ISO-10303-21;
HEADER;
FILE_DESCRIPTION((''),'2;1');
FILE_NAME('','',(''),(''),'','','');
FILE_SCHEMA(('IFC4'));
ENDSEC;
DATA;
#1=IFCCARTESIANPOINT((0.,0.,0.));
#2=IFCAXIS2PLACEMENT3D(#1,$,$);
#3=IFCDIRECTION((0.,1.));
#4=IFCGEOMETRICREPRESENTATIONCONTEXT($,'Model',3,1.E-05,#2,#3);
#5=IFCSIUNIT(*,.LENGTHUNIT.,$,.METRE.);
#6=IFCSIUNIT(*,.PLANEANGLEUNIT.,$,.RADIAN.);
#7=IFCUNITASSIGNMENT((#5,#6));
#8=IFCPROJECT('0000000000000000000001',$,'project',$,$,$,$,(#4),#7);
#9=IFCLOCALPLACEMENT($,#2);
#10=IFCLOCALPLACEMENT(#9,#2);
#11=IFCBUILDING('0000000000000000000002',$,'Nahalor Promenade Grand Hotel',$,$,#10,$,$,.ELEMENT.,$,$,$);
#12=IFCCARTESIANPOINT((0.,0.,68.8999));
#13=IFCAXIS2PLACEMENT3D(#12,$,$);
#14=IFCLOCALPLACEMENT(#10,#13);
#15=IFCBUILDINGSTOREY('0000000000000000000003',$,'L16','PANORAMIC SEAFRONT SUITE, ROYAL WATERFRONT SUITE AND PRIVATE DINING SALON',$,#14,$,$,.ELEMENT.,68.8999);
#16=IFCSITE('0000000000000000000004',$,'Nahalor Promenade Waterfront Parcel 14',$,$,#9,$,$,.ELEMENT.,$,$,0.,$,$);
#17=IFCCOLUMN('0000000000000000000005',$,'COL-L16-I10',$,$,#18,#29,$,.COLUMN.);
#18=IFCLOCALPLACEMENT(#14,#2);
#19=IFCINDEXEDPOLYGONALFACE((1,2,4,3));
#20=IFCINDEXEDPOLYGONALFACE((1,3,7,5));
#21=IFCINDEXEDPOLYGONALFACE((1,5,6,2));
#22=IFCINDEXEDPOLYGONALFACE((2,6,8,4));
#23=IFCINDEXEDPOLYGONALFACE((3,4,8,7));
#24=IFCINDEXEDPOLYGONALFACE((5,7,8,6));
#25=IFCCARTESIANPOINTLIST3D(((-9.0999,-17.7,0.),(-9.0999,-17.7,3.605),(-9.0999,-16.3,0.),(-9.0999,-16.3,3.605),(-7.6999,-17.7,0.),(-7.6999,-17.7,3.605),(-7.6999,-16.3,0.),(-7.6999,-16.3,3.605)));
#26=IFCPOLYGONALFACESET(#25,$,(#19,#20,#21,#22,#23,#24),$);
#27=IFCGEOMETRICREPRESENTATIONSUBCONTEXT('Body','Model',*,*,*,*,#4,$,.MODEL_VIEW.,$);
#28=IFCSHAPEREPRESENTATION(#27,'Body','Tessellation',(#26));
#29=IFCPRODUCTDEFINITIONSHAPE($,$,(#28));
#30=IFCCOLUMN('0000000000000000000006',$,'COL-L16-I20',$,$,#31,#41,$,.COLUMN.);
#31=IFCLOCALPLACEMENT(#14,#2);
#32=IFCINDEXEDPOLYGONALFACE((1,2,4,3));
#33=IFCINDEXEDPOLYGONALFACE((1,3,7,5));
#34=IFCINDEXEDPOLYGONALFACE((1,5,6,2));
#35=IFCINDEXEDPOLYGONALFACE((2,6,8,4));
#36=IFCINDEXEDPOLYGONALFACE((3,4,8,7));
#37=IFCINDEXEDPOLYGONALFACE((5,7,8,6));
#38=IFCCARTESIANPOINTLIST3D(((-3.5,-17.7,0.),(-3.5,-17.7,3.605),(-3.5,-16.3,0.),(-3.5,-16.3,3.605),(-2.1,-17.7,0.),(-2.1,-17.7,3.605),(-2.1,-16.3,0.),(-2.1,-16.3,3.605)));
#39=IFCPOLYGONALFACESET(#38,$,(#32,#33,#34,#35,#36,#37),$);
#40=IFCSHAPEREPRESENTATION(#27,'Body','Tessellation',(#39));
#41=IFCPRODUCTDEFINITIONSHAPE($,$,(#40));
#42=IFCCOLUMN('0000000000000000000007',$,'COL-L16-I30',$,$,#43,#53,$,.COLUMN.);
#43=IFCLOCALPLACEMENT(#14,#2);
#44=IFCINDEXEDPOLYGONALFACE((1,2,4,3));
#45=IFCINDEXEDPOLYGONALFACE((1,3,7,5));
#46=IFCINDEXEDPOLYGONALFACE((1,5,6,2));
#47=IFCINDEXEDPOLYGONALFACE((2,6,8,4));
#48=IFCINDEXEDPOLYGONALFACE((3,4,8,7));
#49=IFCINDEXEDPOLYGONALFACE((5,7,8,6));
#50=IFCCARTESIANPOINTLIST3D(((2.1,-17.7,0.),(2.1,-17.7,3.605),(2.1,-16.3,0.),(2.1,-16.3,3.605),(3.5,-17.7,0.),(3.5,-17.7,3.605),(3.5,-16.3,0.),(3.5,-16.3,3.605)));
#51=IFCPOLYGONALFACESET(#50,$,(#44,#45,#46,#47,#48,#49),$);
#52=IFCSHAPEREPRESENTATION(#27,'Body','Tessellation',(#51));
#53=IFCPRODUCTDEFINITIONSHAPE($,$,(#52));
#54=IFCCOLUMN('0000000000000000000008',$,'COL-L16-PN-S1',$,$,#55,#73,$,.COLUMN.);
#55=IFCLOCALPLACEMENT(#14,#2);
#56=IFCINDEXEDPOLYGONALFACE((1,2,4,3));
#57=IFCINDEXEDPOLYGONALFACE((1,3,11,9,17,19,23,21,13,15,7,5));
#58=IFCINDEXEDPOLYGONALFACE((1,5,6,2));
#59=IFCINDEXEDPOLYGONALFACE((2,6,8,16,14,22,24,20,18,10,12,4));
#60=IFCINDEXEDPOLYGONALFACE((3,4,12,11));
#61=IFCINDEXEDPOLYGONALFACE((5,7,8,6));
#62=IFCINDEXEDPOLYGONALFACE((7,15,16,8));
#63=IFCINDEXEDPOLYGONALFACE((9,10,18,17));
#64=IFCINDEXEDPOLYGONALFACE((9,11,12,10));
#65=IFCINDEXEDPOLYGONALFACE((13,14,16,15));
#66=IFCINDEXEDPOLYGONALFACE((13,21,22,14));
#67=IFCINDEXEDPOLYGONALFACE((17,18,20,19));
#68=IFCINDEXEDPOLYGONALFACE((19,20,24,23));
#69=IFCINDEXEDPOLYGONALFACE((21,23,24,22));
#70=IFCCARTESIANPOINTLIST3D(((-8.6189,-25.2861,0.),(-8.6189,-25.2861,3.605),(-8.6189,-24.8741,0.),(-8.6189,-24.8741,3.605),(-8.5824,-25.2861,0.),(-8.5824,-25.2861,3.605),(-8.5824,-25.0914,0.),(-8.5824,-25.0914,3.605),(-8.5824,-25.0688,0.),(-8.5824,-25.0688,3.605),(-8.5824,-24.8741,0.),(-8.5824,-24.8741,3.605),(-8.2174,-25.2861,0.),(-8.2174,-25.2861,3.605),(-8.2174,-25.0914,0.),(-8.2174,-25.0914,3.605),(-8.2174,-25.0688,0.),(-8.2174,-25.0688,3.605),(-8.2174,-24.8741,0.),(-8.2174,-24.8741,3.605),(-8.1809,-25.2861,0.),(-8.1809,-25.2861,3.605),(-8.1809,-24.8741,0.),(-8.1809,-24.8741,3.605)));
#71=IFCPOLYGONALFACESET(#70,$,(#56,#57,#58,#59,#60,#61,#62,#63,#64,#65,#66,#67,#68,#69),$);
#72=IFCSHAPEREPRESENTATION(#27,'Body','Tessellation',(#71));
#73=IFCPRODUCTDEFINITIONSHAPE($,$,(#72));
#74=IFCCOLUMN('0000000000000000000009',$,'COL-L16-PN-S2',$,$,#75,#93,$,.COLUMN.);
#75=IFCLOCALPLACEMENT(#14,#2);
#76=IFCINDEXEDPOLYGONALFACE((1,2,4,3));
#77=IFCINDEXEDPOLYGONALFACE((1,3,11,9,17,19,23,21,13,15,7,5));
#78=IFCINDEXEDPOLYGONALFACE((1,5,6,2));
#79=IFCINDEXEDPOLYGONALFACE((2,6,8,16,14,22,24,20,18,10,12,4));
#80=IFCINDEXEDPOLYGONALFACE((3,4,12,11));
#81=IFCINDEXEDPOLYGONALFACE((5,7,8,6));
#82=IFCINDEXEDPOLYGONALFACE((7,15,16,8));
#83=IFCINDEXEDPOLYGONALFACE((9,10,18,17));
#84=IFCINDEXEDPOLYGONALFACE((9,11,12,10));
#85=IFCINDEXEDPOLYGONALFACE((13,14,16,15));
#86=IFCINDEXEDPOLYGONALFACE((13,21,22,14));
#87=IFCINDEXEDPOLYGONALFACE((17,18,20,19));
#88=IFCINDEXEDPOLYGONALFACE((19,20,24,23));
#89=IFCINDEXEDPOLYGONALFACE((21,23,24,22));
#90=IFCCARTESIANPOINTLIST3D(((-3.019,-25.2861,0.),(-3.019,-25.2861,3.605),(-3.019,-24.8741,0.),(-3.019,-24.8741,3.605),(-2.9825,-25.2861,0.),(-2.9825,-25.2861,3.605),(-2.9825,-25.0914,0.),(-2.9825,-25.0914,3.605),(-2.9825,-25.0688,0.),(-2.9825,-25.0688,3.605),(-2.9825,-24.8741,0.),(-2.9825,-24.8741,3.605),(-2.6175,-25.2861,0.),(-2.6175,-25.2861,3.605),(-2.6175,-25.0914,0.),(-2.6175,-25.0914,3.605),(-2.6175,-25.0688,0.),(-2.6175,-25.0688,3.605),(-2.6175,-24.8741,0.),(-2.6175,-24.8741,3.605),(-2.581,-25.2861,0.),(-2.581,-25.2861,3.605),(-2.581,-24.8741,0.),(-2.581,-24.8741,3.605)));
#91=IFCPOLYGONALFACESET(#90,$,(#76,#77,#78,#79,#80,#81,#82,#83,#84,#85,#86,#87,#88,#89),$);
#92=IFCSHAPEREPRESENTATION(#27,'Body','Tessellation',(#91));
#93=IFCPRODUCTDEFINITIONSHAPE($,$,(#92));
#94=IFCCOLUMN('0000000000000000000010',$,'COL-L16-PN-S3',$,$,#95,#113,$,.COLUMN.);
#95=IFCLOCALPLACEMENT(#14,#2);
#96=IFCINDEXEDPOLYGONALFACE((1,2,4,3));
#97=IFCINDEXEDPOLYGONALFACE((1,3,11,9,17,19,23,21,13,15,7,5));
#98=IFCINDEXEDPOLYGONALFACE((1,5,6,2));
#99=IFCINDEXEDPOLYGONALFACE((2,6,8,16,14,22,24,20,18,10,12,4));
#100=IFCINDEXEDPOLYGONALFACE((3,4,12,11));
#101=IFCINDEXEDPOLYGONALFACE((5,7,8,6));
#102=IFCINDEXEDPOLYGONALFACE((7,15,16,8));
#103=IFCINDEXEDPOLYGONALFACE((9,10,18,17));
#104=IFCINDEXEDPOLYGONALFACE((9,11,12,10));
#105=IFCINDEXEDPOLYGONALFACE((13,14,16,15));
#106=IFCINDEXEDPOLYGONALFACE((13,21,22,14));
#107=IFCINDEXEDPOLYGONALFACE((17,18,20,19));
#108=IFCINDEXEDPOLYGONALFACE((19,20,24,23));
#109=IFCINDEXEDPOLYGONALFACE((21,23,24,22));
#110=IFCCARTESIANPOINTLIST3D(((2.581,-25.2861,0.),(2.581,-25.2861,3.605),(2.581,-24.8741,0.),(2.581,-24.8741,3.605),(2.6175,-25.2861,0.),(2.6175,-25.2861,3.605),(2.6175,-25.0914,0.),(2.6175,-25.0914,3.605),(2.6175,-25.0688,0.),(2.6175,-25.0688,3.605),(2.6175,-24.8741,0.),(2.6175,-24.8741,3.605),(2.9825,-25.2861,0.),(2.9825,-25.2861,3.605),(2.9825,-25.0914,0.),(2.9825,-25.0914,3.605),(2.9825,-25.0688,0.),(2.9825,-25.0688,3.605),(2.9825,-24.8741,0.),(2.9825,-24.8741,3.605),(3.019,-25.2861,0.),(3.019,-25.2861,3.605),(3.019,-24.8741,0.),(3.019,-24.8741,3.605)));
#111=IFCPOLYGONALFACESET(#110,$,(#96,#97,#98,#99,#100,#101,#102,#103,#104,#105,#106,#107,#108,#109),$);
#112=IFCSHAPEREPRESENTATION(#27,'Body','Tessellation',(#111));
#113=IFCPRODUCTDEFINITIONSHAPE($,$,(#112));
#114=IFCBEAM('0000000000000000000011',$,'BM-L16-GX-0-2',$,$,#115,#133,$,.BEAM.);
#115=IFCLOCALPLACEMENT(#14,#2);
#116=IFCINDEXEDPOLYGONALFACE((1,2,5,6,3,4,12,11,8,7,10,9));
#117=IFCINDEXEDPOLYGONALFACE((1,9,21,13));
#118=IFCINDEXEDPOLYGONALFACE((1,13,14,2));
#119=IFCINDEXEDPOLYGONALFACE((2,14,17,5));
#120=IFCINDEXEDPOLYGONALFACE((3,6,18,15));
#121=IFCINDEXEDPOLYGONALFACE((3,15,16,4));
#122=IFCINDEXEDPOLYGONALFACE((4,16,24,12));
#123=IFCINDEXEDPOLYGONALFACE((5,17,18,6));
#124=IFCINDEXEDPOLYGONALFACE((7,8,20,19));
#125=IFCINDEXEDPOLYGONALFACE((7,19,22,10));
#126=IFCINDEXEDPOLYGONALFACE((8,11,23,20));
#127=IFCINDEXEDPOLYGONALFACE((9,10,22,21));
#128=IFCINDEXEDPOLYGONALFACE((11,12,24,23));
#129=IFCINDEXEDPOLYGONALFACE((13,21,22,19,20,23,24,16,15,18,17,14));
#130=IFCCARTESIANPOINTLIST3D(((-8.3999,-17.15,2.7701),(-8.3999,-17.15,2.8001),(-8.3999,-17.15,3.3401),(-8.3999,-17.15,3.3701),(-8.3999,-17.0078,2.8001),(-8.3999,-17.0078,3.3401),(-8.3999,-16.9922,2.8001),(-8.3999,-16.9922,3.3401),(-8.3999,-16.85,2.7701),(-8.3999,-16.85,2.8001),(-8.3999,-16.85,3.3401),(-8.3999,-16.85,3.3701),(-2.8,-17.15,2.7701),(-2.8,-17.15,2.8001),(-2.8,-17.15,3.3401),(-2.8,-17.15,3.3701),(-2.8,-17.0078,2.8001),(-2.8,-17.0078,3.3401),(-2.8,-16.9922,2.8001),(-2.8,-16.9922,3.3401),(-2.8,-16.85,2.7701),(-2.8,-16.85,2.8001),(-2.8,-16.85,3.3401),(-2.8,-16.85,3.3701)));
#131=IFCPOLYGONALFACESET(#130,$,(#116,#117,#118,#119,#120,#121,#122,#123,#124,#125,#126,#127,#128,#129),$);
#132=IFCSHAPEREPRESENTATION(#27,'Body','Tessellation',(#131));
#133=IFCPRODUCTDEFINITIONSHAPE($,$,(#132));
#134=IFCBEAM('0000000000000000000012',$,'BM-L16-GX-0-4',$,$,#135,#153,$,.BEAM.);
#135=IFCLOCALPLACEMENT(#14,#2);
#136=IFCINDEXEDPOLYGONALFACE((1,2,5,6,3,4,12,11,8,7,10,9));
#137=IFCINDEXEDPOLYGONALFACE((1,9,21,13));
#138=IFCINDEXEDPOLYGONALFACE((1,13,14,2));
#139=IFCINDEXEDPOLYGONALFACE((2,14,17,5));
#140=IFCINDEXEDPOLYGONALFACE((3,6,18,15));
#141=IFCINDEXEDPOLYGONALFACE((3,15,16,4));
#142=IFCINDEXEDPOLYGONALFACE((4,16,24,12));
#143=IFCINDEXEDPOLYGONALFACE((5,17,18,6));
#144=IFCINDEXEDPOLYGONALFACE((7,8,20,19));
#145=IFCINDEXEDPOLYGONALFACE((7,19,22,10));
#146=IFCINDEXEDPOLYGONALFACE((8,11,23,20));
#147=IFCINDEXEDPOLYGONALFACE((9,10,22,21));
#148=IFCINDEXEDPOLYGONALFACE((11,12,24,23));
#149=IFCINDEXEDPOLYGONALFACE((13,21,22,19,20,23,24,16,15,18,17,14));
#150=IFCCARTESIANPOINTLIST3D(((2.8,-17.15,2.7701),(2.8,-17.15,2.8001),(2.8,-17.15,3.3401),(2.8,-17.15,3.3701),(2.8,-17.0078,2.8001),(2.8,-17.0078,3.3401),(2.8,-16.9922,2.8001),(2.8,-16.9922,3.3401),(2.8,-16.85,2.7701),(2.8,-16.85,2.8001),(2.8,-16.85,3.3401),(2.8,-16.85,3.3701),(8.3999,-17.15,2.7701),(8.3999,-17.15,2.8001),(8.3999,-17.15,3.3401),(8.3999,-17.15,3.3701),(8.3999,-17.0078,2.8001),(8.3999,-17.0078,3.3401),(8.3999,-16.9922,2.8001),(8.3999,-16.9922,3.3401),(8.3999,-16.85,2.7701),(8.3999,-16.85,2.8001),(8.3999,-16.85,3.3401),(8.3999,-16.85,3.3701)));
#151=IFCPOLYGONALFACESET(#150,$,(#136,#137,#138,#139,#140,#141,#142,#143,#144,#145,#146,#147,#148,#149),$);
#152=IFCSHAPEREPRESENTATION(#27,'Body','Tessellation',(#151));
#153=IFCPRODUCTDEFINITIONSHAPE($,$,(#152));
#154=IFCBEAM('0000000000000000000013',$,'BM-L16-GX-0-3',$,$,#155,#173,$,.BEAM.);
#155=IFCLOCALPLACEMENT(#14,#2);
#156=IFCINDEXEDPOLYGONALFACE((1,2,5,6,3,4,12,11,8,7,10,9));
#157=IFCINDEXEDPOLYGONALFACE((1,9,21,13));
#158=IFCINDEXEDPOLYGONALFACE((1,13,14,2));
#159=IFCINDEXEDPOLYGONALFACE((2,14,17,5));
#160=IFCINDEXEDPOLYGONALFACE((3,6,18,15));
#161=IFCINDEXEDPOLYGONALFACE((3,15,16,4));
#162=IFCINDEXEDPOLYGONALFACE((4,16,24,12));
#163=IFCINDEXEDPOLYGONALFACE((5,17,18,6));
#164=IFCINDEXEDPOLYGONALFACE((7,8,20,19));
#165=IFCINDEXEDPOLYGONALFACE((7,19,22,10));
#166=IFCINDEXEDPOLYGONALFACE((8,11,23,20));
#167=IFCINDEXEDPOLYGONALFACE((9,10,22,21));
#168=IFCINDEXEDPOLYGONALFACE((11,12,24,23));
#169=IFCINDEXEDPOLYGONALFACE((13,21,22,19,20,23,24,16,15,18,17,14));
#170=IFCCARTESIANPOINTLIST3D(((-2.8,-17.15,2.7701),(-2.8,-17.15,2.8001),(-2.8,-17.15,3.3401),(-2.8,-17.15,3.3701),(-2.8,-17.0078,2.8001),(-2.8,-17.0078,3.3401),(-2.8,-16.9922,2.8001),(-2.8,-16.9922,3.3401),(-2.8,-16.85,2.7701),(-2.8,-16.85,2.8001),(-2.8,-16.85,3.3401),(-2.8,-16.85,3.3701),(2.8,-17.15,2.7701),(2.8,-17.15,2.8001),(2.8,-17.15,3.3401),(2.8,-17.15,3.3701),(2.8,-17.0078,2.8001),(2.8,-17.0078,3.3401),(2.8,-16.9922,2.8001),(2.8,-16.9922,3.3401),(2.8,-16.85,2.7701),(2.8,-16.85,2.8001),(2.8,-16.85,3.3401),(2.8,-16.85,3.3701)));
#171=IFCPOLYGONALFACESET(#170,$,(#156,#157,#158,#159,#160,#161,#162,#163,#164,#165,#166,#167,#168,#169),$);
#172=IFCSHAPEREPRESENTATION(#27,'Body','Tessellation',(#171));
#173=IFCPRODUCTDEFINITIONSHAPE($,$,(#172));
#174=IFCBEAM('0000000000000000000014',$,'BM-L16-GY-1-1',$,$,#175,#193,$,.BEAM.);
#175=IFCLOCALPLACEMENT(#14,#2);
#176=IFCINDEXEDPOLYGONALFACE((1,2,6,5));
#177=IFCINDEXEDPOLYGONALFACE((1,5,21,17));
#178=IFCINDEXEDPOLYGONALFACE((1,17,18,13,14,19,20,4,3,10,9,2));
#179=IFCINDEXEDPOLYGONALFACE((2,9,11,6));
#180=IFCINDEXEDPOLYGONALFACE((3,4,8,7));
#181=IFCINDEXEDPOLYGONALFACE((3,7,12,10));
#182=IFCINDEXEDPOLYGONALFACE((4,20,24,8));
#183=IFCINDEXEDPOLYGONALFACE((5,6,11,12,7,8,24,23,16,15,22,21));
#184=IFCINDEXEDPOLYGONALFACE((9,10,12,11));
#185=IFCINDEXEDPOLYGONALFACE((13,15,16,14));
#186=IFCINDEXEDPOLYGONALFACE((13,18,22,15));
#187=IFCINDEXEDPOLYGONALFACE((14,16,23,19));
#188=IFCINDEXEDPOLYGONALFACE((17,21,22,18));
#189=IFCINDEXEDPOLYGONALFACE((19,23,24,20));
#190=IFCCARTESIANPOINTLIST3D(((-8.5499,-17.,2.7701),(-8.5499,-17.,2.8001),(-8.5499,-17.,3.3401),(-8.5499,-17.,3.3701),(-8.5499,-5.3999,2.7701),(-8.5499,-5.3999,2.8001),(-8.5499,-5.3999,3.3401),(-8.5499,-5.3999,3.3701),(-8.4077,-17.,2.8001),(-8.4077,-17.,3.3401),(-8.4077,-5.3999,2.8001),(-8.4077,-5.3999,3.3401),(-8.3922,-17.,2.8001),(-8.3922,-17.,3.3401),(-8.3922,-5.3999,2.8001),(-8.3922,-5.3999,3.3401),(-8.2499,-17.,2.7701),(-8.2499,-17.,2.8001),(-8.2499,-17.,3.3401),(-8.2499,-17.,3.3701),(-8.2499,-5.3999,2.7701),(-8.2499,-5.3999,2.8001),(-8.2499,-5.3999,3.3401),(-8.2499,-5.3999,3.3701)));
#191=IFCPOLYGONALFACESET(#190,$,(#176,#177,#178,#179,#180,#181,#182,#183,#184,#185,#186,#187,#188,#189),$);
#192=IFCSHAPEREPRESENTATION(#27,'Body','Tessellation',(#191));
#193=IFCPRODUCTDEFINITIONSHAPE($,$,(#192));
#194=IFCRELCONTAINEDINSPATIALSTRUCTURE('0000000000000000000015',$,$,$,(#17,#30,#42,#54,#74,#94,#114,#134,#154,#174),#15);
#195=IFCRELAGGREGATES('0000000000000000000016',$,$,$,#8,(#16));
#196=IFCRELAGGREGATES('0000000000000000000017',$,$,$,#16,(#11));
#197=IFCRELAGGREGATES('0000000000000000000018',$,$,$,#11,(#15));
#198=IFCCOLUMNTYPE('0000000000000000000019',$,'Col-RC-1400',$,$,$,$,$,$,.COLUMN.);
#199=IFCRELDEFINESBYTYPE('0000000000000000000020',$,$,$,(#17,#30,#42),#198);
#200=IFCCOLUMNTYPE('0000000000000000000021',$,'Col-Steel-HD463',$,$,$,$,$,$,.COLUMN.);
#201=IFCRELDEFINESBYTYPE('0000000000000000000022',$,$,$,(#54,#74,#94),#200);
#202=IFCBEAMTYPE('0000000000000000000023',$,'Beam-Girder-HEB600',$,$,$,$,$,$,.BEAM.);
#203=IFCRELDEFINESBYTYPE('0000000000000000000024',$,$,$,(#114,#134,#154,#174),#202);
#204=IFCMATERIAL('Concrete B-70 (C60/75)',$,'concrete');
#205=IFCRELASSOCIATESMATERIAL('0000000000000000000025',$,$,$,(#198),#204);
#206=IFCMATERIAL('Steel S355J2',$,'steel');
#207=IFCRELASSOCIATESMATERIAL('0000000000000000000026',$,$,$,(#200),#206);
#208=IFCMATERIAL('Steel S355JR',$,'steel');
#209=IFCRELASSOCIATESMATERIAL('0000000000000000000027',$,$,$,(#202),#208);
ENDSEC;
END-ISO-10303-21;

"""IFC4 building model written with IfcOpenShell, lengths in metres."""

from ifc_helpers import new_model, si_unit, direction, frame, origin, origin_2d, place, context, subcontext, project, spatial, rectangle, i_section, extrude, source, transform, mapped, material, material_profile, profile_set, type_object, element, save


model = new_model("IFC4")

# Units and contexts
model_context = context("Model", 3, precision=1e-05, world=origin(), true_north=direction((0.0, 1.0)))
body_context = subcontext(model_context, "Body", "Model", "MODEL_VIEW")
ifc_project = project(units=[si_unit("LENGTHUNIT", "METRE"), si_unit("PLANEANGLEUNIT", "RADIAN")], contexts=[model_context])

# Site, building, storey
site_placement = place(None, origin())
site = spatial("IfcSite", under=ifc_project, at=site_placement, Name="Nahalor Promenade Waterfront Parcel 14", CompositionType="ELEMENT", RefElevation=0.0)
building_placement = place(site_placement, origin())
building = spatial("IfcBuilding", under=site, at=building_placement, Name="Nahalor Promenade Grand Hotel", CompositionType="ELEMENT")
storey_placement = place(building_placement, frame((0.0, 0.0, 68.8999)))
storey = spatial("IfcBuildingStorey", under=building, at=storey_placement, Name="L16", Description="PANORAMIC SEAFRONT SUITE, ROYAL WATERFRONT SUITE AND PRIVATE DINING SALON", CompositionType="ELEMENT", Elevation=68.8999)

# Columns
ifc_material_1 = material(Name="Concrete B-70 (C60/75)", Category="concrete")
ifc_material_profile_1 = material_profile(ifc_material_1, rectangle(XDim=1.4, YDim=1.4, at=origin_2d()), Name="RC 1400x1400")
ifc_profile_set_1 = profile_set([ifc_material_profile_1], Name="Concrete B-70 (C60/75)")
column_type_1 = type_object("IfcColumnType", Name="Col-RC-1400", PredefinedType="COLUMN", material=ifc_profile_set_1)
shared_shape_1 = source(origin(), body_context, "Body", "SweptSolid", [
    extrude(rectangle(XDim=1.4, YDim=1.4, at=origin_2d()), origin(), (0.0, 0.0, 1.0), 3.605),
])
for number, where, z_axis, x_axis, name in (
    (1, (-8.3999, -17.0, 0.0), (0.0, 0.0, 1.0), (1.0, 0.0, 0.0), "COL-L16-I10"),
    (2, (-2.8, -17.0, 0.0), (0.0, 0.0, 1.0), (1.0, 0.0, 0.0), "COL-L16-I20"),
    (3, (2.8, -17.0, 0.0), (0.0, 0.0, 1.0), (1.0, 0.0, 0.0), "COL-L16-I30"),
):
    element("IfcColumn", number, at=place(storey_placement, frame(where, z_axis=z_axis, x_axis=x_axis)), inside=storey, type_object=column_type_1, Name=name, PredefinedType="COLUMN", context=body_context, shape_type="MappedRepresentation", body=[
        mapped(shared_shape_1, transform((0.0, 0.0, 0.0), scale=1.0)),
    ])
ifc_material_2 = material(Name="Steel S355J2", Category="steel")
ifc_material_profile_2 = material_profile(ifc_material_2, i_section(OverallWidth=0.412, OverallDepth=0.438, WebThickness=0.0226, FlangeThickness=0.0365, at=origin_2d()), Name="HD 400x463")
ifc_profile_set_2 = profile_set([ifc_material_profile_2], Name="Steel S355J2")
column_type_2 = type_object("IfcColumnType", Name="Col-Steel-HD463", PredefinedType="COLUMN", material=ifc_profile_set_2)
shared_shape_2 = source(origin(), body_context, "Body", "SweptSolid", [
    extrude(i_section(OverallWidth=0.412, OverallDepth=0.438, WebThickness=0.0226, FlangeThickness=0.0365, at=origin_2d()), origin(), (0.0, 0.0, 1.0), 3.605),
])
for number, where, z_axis, x_axis, name in (
    (4, (-8.3999, -25.0801, 0.0), (0.0, 0.0, 1.0), (0.0, 1.0, 0.0), "COL-L16-PN-S1"),
    (5, (-2.8, -25.0801, 0.0), (0.0, 0.0, 1.0), (0.0, 1.0, 0.0), "COL-L16-PN-S2"),
    (6, (2.8, -25.0801, 0.0), (0.0, 0.0, 1.0), (0.0, 1.0, 0.0), "COL-L16-PN-S3"),
):
    element("IfcColumn", number, at=place(storey_placement, frame(where, z_axis=z_axis, x_axis=x_axis)), inside=storey, type_object=column_type_2, Name=name, PredefinedType="COLUMN", context=body_context, shape_type="MappedRepresentation", body=[
        mapped(shared_shape_2, transform((0.0, 0.0, 0.0), scale=1.0)),
    ])

# Beams
ifc_material_3 = material(Name="Steel S355JR", Category="steel")
ifc_material_profile_3 = material_profile(ifc_material_3, i_section(OverallWidth=0.3, OverallDepth=0.6, WebThickness=0.0155, FlangeThickness=0.03, at=origin_2d()), Name="HEB 600")
ifc_profile_set_3 = profile_set([ifc_material_profile_3], Name="Steel S355JR")
beam_type_1 = type_object("IfcBeamType", Name="Beam-Girder-HEB600", PredefinedType="BEAM", material=ifc_profile_set_3)
shared_shape_3 = source(origin(), body_context, "Body", "SweptSolid", [
    extrude(i_section(OverallWidth=0.3, OverallDepth=0.6, WebThickness=0.0155, FlangeThickness=0.03, at=origin_2d()), origin(), (0.0, 0.0, 1.0), 5.5999),
])
for number, where, z_axis, x_axis, name in (
    (7, (-8.3999, -17.0, 3.0701), (1.0, 0.0, 0.0), (0.0, 1.0, 0.0), "BM-L16-GX-0-2"),
    (8, (2.8, -17.0, 3.0701), (1.0, 0.0, 0.0), (0.0, 1.0, 0.0), "BM-L16-GX-0-4"),
):
    element("IfcBeam", number, at=place(storey_placement, frame(where, z_axis=z_axis, x_axis=x_axis)), inside=storey, type_object=beam_type_1, Name=name, PredefinedType="BEAM", context=body_context, shape_type="MappedRepresentation", body=[
        mapped(shared_shape_3, transform((0.0, 0.0, 0.0), scale=1.0)),
    ])
shared_shape_4 = source(origin(), body_context, "Body", "SweptSolid", [
    extrude(i_section(OverallWidth=0.3, OverallDepth=0.6, WebThickness=0.0155, FlangeThickness=0.03, at=origin_2d()), origin(), (0.0, 0.0, 1.0), 5.6001),
])
beam_1_placement = place(storey_placement, frame((-2.8, -17.0, 3.0701), z_axis=(1.0, 0.0, 0.0), x_axis=(0.0, 1.0, 0.0)))
element("IfcBeam", 9, at=beam_1_placement, inside=storey, type_object=beam_type_1, Name="BM-L16-GX-0-3", PredefinedType="BEAM", context=body_context, shape_type="MappedRepresentation", body=[
    mapped(shared_shape_4, transform((0.0, 0.0, 0.0), scale=1.0)),
])
shared_shape_5 = source(origin(), body_context, "Body", "SweptSolid", [
    extrude(i_section(OverallWidth=0.3, OverallDepth=0.6, WebThickness=0.0155, FlangeThickness=0.03, at=origin_2d()), origin(), (0.0, 0.0, 1.0), 11.6001),
])
for number, where, z_axis, x_axis, name in (
    (10, (-8.3999, -17.0, 3.0701), (0.0, 1.0, 0.0), (-1.0, 0.0, 0.0), "BM-L16-GY-1-1"),
):
    element("IfcBeam", number, at=place(storey_placement, frame(where, z_axis=z_axis, x_axis=x_axis)), inside=storey, type_object=beam_type_1, Name=name, PredefinedType="BEAM", context=body_context, shape_type="MappedRepresentation", body=[
        mapped(shared_shape_5, transform((0.0, 0.0, 0.0), scale=1.0)),
    ])

save(model, "model.ifc")
